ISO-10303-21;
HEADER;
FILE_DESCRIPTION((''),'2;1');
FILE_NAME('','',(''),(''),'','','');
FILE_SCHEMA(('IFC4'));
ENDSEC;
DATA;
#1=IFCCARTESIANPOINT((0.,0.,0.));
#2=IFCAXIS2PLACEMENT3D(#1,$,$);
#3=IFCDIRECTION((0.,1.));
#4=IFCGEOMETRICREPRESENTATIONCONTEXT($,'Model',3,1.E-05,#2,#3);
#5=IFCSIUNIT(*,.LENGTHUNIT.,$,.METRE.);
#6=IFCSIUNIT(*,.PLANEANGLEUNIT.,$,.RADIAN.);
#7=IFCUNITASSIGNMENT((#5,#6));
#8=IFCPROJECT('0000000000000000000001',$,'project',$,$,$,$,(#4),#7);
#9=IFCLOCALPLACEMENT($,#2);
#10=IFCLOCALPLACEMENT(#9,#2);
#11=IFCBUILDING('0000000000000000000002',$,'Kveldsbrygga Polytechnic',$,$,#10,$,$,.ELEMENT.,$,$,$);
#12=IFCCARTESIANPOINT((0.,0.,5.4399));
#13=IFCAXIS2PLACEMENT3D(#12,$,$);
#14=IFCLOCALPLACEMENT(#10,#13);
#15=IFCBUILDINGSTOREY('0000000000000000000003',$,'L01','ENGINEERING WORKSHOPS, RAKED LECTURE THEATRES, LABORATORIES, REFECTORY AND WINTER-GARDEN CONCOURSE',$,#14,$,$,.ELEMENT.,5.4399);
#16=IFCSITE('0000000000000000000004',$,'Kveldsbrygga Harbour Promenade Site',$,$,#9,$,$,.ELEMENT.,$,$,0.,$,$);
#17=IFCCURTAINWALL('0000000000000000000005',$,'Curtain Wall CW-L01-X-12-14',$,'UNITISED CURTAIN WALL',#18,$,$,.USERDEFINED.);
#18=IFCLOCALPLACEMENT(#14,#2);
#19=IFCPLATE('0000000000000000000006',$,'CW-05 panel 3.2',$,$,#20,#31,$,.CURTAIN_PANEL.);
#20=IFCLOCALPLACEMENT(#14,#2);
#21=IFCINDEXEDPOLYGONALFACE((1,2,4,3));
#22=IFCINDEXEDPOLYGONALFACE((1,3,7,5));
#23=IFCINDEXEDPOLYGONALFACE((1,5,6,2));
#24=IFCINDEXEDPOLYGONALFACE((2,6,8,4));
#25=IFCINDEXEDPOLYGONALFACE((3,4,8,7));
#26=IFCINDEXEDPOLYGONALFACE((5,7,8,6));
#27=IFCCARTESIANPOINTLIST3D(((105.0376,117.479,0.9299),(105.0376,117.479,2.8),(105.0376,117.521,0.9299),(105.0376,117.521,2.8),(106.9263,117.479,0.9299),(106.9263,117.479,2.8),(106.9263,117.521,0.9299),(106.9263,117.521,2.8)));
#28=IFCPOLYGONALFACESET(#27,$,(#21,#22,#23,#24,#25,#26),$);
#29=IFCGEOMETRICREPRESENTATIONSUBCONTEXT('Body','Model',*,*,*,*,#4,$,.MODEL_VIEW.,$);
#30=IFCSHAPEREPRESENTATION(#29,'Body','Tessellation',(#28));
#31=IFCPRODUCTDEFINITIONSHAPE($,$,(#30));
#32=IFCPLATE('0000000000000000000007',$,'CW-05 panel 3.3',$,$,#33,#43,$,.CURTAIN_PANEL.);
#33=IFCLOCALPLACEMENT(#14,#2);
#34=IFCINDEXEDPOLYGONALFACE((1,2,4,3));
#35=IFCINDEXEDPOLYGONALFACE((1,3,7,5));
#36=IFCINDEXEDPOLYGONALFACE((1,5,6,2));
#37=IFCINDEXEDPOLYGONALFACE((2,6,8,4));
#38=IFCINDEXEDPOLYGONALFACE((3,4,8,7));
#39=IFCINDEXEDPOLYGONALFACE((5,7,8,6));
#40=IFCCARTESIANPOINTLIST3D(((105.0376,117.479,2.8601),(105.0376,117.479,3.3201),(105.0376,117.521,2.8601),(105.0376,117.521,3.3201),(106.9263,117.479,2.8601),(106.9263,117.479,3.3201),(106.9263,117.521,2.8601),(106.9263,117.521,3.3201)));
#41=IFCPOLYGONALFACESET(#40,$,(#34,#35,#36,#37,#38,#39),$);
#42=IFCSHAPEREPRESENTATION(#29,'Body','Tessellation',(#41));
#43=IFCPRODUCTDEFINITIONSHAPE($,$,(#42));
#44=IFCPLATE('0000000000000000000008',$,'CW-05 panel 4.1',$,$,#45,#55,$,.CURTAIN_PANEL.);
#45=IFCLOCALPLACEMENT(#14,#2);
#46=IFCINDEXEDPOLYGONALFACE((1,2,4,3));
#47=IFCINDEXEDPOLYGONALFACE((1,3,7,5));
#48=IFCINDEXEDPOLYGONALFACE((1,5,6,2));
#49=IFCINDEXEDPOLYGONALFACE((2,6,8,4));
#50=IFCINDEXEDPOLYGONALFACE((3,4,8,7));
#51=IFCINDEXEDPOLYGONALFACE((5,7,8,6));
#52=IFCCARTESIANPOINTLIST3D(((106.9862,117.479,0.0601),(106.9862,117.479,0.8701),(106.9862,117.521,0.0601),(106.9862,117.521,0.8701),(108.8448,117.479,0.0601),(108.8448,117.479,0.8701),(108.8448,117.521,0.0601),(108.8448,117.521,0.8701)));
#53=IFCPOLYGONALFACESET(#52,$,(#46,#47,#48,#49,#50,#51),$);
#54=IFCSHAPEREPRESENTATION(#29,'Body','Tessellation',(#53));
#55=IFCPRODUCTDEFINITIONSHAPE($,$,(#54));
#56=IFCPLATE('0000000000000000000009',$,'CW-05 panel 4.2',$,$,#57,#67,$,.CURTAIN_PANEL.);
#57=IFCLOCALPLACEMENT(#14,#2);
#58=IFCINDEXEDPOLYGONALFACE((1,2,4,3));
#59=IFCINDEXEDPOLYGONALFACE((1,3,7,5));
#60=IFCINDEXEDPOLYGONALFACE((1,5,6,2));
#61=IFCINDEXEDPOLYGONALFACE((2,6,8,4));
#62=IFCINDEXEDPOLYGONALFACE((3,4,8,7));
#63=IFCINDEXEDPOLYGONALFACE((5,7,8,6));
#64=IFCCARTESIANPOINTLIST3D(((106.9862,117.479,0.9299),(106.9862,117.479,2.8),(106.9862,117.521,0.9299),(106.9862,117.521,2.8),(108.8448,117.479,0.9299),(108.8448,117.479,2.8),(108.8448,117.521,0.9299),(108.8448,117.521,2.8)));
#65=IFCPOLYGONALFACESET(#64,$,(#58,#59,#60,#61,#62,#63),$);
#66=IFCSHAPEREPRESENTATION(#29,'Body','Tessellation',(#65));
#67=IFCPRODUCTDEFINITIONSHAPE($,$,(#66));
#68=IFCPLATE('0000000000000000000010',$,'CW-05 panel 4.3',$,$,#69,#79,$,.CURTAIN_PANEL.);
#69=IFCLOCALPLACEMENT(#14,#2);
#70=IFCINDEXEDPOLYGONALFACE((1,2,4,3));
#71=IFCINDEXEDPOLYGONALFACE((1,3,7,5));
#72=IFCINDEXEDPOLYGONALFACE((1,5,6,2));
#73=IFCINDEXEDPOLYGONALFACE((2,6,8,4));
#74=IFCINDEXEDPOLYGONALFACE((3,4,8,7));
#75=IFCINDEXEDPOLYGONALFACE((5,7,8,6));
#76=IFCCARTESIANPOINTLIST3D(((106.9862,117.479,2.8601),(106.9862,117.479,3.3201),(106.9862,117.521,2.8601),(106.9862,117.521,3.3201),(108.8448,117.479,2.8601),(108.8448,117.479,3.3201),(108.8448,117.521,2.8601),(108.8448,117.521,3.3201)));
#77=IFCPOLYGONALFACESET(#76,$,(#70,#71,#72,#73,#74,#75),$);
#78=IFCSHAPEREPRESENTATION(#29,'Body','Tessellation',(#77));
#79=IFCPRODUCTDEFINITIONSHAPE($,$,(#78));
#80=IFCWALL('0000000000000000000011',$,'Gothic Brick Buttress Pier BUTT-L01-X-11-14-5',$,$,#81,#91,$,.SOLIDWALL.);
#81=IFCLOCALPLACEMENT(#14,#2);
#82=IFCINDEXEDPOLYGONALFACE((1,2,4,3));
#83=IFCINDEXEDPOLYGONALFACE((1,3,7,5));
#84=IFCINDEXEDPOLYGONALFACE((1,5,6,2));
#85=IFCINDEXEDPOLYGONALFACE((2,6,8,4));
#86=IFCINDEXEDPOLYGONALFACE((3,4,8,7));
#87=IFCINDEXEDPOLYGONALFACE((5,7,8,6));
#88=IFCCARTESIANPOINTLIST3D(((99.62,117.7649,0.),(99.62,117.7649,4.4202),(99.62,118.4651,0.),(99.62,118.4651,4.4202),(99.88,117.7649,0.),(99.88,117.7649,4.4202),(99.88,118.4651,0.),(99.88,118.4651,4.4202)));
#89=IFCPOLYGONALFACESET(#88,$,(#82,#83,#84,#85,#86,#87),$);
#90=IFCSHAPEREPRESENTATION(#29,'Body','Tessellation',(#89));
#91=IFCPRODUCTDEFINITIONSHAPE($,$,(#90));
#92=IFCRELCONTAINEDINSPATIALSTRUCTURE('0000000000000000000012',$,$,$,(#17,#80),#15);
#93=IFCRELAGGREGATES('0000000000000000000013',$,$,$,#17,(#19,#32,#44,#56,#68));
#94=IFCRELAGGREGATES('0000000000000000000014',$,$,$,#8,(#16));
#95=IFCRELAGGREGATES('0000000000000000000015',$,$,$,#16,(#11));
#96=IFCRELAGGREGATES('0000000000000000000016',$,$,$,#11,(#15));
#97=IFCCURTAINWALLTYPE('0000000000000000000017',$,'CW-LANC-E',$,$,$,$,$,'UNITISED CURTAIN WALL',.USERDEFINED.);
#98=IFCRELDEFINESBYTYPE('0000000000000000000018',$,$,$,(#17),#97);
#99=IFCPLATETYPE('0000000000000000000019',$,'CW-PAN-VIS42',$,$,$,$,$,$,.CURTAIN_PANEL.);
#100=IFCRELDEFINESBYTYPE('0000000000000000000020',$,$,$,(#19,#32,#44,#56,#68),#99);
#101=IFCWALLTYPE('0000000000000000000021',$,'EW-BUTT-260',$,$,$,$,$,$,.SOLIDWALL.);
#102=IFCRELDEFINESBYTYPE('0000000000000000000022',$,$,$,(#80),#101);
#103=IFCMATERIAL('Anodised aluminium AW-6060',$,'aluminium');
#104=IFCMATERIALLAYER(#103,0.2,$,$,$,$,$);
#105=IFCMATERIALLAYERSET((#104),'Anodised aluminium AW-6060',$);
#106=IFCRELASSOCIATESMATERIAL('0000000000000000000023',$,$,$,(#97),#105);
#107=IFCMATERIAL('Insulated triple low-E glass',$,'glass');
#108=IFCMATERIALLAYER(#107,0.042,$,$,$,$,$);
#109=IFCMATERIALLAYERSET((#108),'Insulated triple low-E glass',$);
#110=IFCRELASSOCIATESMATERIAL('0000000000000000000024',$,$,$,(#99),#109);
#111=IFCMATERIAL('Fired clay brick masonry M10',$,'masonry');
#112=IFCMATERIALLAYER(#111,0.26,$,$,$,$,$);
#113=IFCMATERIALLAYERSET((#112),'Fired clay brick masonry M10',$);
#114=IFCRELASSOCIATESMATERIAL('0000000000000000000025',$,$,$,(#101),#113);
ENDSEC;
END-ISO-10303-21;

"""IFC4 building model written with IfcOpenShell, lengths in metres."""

from ifc_helpers import new_model, si_unit, direction, frame, frame_2d, origin, origin_2d, place, context, subcontext, project, spatial, rectangle, extrude, material, layer, layer_set, type_object, element, aggregate, save


model = new_model("IFC4")

# Units and contexts
model_context = context("Model", 3, precision=1e-05, world=origin(), true_north=direction((0.0, 1.0)))
body_context = subcontext(model_context, "Body", "Model", "MODEL_VIEW")
ifc_project = project(units=[si_unit("LENGTHUNIT", "METRE"), si_unit("PLANEANGLEUNIT", "RADIAN")], contexts=[model_context])

# Site, building, storey
site_placement = place(None, origin())
site = spatial("IfcSite", under=ifc_project, at=site_placement, Name="Kveldsbrygga Harbour Promenade Site", CompositionType="ELEMENT", RefElevation=0.0)
building_placement = place(site_placement, origin())
building = spatial("IfcBuilding", under=site, at=building_placement, Name="Kveldsbrygga Polytechnic", CompositionType="ELEMENT")
storey_placement = place(building_placement, frame((0.0, 0.0, 5.4399)))
storey = spatial("IfcBuildingStorey", under=building, at=storey_placement, Name="L01", Description="ENGINEERING WORKSHOPS, RAKED LECTURE THEATRES, LABORATORIES, REFECTORY AND WINTER-GARDEN CONCOURSE", CompositionType="ELEMENT", Elevation=5.4399)

# Curtain wall, plates
ifc_material_1 = material(Name="Anodised aluminium AW-6060", Category="aluminium")
ifc_layer_1 = layer(ifc_material_1, 0.2)
ifc_layer_set_1 = layer_set([ifc_layer_1], Name="Anodised aluminium AW-6060")
curtain_wall_type = type_object("IfcCurtainWallType", Name="CW-LANC-E", ElementType="UNITISED CURTAIN WALL", PredefinedType="USERDEFINED", material=ifc_layer_set_1)
curtain_wall_placement = place(storey_placement, origin())
curtain_wall = element("IfcCurtainWall", 1, at=curtain_wall_placement, inside=storey, type_object=curtain_wall_type, Name="Curtain Wall CW-L01-X-12-14", ObjectType="UNITISED CURTAIN WALL", PredefinedType="USERDEFINED")
ifc_material_2 = material(Name="Insulated triple low-E glass", Category="glass")
ifc_layer_2 = layer(ifc_material_2, 0.042)
ifc_layer_set_2 = layer_set([ifc_layer_2], Name="Insulated triple low-E glass")
plate_type = type_object("IfcPlateType", Name="CW-PAN-VIS42", PredefinedType="CURTAIN_PANEL", material=ifc_layer_set_2)
plate_1_placement = place(storey_placement, frame((105.9819, 117.5, 0.9299), z_axis=(0.0, 0.0, 1.0), x_axis=(1.0, 0.0, 0.0)))
plate_1 = element("IfcPlate", 2, at=plate_1_placement, type_object=plate_type, Name="CW-05 panel 3.2", PredefinedType="CURTAIN_PANEL", context=body_context, shape_type="SweptSolid", body=[
    extrude(rectangle(XDim=1.8887, YDim=0.042, at=origin_2d()), origin(), (0.0, 0.0, 1.0), 1.8701),
])
plate_2_placement = place(storey_placement, frame((105.9819, 117.5, 2.8601), z_axis=(0.0, 0.0, 1.0), x_axis=(1.0, 0.0, 0.0)))
plate_2 = element("IfcPlate", 3, at=plate_2_placement, type_object=plate_type, Name="CW-05 panel 3.3", PredefinedType="CURTAIN_PANEL", context=body_context, shape_type="SweptSolid", body=[
    extrude(rectangle(XDim=1.8887, YDim=0.042, at=origin_2d()), origin(), (0.0, 0.0, 1.0), 0.46),
])
plate_3_placement = place(storey_placement, frame((107.9155, 117.5, 0.0601), z_axis=(0.0, 0.0, 1.0), x_axis=(1.0, 0.0, 0.0)))
plate_3 = element("IfcPlate", 4, at=plate_3_placement, type_object=plate_type, Name="CW-05 panel 4.1", PredefinedType="CURTAIN_PANEL", context=body_context, shape_type="SweptSolid", body=[
    extrude(rectangle(XDim=1.8586, YDim=0.042, at=origin_2d()), origin(), (0.0, 0.0, 1.0), 0.8101),
])
plate_4_placement = place(storey_placement, frame((107.9155, 117.5, 0.9299), z_axis=(0.0, 0.0, 1.0), x_axis=(1.0, 0.0, 0.0)))
plate_4 = element("IfcPlate", 5, at=plate_4_placement, type_object=plate_type, Name="CW-05 panel 4.2", PredefinedType="CURTAIN_PANEL", context=body_context, shape_type="SweptSolid", body=[
    extrude(rectangle(XDim=1.8586, YDim=0.042, at=origin_2d()), origin(), (0.0, 0.0, 1.0), 1.8701),
])
plate_5_placement = place(storey_placement, frame((107.9155, 117.5, 2.8601), z_axis=(0.0, 0.0, 1.0), x_axis=(1.0, 0.0, 0.0)))
plate_5 = element("IfcPlate", 6, at=plate_5_placement, type_object=plate_type, Name="CW-05 panel 4.3", PredefinedType="CURTAIN_PANEL", context=body_context, shape_type="SweptSolid", body=[
    extrude(rectangle(XDim=1.8586, YDim=0.042, at=origin_2d()), origin(), (0.0, 0.0, 1.0), 0.46),
])
aggregate(curtain_wall, [plate_1, plate_2, plate_3, plate_4, plate_5])

# Wall
ifc_material_3 = material(Name="Fired clay brick masonry M10", Category="masonry")
ifc_layer_3 = layer(ifc_material_3, 0.26)
ifc_layer_set_3 = layer_set([ifc_layer_3], Name="Fired clay brick masonry M10")
wall_type = type_object("IfcWallType", Name="EW-BUTT-260", PredefinedType="SOLIDWALL", material=ifc_layer_set_3)
wall_placement = place(storey_placement, frame((99.75, 117.7649, 0.0), z_axis=(0.0, 0.0, 1.0), x_axis=(0.0, 1.0, 0.0)))
element("IfcWall", 7, at=wall_placement, inside=storey, type_object=wall_type, Name="Gothic Brick Buttress Pier BUTT-L01-X-11-14-5", PredefinedType="SOLIDWALL", context=body_context, shape_type="SweptSolid", body=[
    extrude(rectangle(XDim=0.7002, YDim=0.26, at=frame_2d((0.3501, 0.0))), origin(), (0.0, 0.0, 1.0), 4.4202),
])

save(model, "model.ifc")
